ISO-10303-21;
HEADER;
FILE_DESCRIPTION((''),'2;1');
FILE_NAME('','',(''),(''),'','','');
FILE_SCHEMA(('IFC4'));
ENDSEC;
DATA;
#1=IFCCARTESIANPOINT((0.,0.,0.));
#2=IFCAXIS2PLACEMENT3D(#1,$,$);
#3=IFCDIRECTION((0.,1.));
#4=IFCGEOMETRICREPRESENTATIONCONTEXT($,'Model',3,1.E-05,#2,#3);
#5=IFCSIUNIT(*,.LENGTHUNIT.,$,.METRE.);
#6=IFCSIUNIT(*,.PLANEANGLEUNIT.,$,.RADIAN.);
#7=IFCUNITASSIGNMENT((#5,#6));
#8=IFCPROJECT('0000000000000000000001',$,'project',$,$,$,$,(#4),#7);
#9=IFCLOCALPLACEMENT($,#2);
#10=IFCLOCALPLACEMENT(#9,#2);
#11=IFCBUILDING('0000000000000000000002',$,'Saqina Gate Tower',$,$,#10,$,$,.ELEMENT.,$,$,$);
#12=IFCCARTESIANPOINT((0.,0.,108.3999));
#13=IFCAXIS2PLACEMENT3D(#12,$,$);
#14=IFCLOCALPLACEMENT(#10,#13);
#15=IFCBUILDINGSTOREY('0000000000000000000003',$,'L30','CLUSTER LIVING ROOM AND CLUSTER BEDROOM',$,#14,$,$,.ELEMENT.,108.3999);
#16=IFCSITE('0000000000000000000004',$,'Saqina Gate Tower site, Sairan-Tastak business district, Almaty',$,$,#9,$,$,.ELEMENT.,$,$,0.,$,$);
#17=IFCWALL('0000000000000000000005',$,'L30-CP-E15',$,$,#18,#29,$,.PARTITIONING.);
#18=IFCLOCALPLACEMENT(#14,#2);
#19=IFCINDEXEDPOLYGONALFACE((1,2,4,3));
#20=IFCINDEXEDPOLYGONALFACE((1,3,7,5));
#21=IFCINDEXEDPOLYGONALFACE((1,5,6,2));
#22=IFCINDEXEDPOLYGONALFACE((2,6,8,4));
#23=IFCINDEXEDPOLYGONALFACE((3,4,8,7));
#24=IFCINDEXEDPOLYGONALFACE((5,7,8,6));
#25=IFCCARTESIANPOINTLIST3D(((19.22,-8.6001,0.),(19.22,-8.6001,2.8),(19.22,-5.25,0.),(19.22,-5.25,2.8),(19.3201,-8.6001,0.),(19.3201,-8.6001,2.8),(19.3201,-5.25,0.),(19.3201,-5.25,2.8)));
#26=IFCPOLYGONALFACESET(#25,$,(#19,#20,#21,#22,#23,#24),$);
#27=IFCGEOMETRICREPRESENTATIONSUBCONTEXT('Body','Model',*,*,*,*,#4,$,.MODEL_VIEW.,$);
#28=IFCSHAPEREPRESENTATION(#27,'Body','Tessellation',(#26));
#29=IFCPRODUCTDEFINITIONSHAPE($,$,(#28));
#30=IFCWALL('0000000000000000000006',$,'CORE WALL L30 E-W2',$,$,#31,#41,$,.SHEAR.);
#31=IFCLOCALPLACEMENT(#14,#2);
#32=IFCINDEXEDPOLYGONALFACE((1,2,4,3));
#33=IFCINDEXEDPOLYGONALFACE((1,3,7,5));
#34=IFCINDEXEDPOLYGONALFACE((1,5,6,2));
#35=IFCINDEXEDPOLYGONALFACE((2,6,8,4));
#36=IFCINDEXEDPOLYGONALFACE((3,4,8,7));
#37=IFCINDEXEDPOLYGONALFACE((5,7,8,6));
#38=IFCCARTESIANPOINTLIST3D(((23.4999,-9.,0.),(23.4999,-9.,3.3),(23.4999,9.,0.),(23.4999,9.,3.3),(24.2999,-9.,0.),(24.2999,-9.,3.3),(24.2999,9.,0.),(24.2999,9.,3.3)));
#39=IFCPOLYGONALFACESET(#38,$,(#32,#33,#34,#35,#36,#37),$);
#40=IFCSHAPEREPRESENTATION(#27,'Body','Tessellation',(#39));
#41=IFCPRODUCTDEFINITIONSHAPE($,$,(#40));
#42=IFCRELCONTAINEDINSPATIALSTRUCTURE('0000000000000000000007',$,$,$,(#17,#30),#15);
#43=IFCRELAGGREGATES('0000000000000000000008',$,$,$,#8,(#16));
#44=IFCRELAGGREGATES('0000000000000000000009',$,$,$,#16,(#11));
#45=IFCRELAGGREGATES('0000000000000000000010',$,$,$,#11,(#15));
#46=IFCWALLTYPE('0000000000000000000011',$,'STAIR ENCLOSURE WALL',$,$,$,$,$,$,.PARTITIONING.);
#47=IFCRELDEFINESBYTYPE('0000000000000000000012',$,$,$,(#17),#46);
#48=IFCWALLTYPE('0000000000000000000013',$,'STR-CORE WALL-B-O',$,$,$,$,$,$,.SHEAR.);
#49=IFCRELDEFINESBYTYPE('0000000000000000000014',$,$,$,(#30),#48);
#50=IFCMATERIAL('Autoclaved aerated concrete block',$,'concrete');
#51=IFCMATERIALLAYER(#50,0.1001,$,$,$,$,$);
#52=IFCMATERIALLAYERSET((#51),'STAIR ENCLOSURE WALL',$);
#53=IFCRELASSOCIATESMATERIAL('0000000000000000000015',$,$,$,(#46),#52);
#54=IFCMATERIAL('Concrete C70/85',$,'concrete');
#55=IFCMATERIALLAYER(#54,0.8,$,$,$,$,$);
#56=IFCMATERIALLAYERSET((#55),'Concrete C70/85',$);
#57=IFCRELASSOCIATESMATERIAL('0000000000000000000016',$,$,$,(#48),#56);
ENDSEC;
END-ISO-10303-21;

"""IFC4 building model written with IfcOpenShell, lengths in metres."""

from ifc_helpers import new_model, si_unit, direction, frame, frame_2d, origin, place, context, subcontext, project, spatial, rectangle, extrude, material, layer, layer_set, type_object, element, save


model = new_model("IFC4")

# Units and contexts
model_context = context("Model", 3, precision=1e-05, world=origin(), true_north=direction((0.0, 1.0)))
body_context = subcontext(model_context, "Body", "Model", "MODEL_VIEW")
ifc_project = project(units=[si_unit("LENGTHUNIT", "METRE"), si_unit("PLANEANGLEUNIT", "RADIAN")], contexts=[model_context])

# Site, building, storey
site_placement = place(None, origin())
site = spatial("IfcSite", under=ifc_project, at=site_placement, Name="Saqina Gate Tower site, Sairan-Tastak business district, Almaty", CompositionType="ELEMENT", RefElevation=0.0)
building_placement = place(site_placement, origin())
building = spatial("IfcBuilding", under=site, at=building_placement, Name="Saqina Gate Tower", CompositionType="ELEMENT")
storey_placement = place(building_placement, frame((0.0, 0.0, 108.3999)))
storey = spatial("IfcBuildingStorey", under=building, at=storey_placement, Name="L30", Description="CLUSTER LIVING ROOM AND CLUSTER BEDROOM", CompositionType="ELEMENT", Elevation=108.3999)

# Walls
ifc_material_1 = material(Name="Autoclaved aerated concrete block", Category="concrete")
ifc_layer_1 = layer(ifc_material_1, 0.1001)
ifc_layer_set_1 = layer_set([ifc_layer_1], Name="STAIR ENCLOSURE WALL")
wall_type_1 = type_object("IfcWallType", Name="STAIR ENCLOSURE WALL", PredefinedType="PARTITIONING", material=ifc_layer_set_1)
wall_1_placement = place(storey_placement, frame((19.27, -8.6001, 0.0), z_axis=(0.0, 0.0, 1.0), x_axis=(0.0, 1.0, 0.0)))
element("IfcWall", 1, at=wall_1_placement, inside=storey, type_object=wall_type_1, Name="L30-CP-E15", PredefinedType="PARTITIONING", context=body_context, shape_type="SweptSolid", body=[
    extrude(rectangle(XDim=3.3501, YDim=0.1001, at=frame_2d((1.675, 0.0))), origin(), (0.0, 0.0, 1.0), 2.8),
])
ifc_material_2 = material(Name="Concrete C70/85", Category="concrete")
ifc_layer_2 = layer(ifc_material_2, 0.8)
ifc_layer_set_2 = layer_set([ifc_layer_2], Name="Concrete C70/85")
wall_type_2 = type_object("IfcWallType", Name="STR-CORE WALL-B-O", PredefinedType="SHEAR", material=ifc_layer_set_2)
wall_2_placement = place(storey_placement, frame((23.8999, -9.0, 0.0), z_axis=(0.0, 0.0, 1.0), x_axis=(0.0, 1.0, 0.0)))
element("IfcWall", 2, at=wall_2_placement, inside=storey, type_object=wall_type_2, Name="CORE WALL L30 E-W2", PredefinedType="SHEAR", context=body_context, shape_type="SweptSolid", body=[
    extrude(rectangle(XDim=18.0, YDim=0.8, at=frame_2d((9.0, 0.0))), origin(), (0.0, 0.0, 1.0), 3.3),
])

save(model, "model.ifc")
